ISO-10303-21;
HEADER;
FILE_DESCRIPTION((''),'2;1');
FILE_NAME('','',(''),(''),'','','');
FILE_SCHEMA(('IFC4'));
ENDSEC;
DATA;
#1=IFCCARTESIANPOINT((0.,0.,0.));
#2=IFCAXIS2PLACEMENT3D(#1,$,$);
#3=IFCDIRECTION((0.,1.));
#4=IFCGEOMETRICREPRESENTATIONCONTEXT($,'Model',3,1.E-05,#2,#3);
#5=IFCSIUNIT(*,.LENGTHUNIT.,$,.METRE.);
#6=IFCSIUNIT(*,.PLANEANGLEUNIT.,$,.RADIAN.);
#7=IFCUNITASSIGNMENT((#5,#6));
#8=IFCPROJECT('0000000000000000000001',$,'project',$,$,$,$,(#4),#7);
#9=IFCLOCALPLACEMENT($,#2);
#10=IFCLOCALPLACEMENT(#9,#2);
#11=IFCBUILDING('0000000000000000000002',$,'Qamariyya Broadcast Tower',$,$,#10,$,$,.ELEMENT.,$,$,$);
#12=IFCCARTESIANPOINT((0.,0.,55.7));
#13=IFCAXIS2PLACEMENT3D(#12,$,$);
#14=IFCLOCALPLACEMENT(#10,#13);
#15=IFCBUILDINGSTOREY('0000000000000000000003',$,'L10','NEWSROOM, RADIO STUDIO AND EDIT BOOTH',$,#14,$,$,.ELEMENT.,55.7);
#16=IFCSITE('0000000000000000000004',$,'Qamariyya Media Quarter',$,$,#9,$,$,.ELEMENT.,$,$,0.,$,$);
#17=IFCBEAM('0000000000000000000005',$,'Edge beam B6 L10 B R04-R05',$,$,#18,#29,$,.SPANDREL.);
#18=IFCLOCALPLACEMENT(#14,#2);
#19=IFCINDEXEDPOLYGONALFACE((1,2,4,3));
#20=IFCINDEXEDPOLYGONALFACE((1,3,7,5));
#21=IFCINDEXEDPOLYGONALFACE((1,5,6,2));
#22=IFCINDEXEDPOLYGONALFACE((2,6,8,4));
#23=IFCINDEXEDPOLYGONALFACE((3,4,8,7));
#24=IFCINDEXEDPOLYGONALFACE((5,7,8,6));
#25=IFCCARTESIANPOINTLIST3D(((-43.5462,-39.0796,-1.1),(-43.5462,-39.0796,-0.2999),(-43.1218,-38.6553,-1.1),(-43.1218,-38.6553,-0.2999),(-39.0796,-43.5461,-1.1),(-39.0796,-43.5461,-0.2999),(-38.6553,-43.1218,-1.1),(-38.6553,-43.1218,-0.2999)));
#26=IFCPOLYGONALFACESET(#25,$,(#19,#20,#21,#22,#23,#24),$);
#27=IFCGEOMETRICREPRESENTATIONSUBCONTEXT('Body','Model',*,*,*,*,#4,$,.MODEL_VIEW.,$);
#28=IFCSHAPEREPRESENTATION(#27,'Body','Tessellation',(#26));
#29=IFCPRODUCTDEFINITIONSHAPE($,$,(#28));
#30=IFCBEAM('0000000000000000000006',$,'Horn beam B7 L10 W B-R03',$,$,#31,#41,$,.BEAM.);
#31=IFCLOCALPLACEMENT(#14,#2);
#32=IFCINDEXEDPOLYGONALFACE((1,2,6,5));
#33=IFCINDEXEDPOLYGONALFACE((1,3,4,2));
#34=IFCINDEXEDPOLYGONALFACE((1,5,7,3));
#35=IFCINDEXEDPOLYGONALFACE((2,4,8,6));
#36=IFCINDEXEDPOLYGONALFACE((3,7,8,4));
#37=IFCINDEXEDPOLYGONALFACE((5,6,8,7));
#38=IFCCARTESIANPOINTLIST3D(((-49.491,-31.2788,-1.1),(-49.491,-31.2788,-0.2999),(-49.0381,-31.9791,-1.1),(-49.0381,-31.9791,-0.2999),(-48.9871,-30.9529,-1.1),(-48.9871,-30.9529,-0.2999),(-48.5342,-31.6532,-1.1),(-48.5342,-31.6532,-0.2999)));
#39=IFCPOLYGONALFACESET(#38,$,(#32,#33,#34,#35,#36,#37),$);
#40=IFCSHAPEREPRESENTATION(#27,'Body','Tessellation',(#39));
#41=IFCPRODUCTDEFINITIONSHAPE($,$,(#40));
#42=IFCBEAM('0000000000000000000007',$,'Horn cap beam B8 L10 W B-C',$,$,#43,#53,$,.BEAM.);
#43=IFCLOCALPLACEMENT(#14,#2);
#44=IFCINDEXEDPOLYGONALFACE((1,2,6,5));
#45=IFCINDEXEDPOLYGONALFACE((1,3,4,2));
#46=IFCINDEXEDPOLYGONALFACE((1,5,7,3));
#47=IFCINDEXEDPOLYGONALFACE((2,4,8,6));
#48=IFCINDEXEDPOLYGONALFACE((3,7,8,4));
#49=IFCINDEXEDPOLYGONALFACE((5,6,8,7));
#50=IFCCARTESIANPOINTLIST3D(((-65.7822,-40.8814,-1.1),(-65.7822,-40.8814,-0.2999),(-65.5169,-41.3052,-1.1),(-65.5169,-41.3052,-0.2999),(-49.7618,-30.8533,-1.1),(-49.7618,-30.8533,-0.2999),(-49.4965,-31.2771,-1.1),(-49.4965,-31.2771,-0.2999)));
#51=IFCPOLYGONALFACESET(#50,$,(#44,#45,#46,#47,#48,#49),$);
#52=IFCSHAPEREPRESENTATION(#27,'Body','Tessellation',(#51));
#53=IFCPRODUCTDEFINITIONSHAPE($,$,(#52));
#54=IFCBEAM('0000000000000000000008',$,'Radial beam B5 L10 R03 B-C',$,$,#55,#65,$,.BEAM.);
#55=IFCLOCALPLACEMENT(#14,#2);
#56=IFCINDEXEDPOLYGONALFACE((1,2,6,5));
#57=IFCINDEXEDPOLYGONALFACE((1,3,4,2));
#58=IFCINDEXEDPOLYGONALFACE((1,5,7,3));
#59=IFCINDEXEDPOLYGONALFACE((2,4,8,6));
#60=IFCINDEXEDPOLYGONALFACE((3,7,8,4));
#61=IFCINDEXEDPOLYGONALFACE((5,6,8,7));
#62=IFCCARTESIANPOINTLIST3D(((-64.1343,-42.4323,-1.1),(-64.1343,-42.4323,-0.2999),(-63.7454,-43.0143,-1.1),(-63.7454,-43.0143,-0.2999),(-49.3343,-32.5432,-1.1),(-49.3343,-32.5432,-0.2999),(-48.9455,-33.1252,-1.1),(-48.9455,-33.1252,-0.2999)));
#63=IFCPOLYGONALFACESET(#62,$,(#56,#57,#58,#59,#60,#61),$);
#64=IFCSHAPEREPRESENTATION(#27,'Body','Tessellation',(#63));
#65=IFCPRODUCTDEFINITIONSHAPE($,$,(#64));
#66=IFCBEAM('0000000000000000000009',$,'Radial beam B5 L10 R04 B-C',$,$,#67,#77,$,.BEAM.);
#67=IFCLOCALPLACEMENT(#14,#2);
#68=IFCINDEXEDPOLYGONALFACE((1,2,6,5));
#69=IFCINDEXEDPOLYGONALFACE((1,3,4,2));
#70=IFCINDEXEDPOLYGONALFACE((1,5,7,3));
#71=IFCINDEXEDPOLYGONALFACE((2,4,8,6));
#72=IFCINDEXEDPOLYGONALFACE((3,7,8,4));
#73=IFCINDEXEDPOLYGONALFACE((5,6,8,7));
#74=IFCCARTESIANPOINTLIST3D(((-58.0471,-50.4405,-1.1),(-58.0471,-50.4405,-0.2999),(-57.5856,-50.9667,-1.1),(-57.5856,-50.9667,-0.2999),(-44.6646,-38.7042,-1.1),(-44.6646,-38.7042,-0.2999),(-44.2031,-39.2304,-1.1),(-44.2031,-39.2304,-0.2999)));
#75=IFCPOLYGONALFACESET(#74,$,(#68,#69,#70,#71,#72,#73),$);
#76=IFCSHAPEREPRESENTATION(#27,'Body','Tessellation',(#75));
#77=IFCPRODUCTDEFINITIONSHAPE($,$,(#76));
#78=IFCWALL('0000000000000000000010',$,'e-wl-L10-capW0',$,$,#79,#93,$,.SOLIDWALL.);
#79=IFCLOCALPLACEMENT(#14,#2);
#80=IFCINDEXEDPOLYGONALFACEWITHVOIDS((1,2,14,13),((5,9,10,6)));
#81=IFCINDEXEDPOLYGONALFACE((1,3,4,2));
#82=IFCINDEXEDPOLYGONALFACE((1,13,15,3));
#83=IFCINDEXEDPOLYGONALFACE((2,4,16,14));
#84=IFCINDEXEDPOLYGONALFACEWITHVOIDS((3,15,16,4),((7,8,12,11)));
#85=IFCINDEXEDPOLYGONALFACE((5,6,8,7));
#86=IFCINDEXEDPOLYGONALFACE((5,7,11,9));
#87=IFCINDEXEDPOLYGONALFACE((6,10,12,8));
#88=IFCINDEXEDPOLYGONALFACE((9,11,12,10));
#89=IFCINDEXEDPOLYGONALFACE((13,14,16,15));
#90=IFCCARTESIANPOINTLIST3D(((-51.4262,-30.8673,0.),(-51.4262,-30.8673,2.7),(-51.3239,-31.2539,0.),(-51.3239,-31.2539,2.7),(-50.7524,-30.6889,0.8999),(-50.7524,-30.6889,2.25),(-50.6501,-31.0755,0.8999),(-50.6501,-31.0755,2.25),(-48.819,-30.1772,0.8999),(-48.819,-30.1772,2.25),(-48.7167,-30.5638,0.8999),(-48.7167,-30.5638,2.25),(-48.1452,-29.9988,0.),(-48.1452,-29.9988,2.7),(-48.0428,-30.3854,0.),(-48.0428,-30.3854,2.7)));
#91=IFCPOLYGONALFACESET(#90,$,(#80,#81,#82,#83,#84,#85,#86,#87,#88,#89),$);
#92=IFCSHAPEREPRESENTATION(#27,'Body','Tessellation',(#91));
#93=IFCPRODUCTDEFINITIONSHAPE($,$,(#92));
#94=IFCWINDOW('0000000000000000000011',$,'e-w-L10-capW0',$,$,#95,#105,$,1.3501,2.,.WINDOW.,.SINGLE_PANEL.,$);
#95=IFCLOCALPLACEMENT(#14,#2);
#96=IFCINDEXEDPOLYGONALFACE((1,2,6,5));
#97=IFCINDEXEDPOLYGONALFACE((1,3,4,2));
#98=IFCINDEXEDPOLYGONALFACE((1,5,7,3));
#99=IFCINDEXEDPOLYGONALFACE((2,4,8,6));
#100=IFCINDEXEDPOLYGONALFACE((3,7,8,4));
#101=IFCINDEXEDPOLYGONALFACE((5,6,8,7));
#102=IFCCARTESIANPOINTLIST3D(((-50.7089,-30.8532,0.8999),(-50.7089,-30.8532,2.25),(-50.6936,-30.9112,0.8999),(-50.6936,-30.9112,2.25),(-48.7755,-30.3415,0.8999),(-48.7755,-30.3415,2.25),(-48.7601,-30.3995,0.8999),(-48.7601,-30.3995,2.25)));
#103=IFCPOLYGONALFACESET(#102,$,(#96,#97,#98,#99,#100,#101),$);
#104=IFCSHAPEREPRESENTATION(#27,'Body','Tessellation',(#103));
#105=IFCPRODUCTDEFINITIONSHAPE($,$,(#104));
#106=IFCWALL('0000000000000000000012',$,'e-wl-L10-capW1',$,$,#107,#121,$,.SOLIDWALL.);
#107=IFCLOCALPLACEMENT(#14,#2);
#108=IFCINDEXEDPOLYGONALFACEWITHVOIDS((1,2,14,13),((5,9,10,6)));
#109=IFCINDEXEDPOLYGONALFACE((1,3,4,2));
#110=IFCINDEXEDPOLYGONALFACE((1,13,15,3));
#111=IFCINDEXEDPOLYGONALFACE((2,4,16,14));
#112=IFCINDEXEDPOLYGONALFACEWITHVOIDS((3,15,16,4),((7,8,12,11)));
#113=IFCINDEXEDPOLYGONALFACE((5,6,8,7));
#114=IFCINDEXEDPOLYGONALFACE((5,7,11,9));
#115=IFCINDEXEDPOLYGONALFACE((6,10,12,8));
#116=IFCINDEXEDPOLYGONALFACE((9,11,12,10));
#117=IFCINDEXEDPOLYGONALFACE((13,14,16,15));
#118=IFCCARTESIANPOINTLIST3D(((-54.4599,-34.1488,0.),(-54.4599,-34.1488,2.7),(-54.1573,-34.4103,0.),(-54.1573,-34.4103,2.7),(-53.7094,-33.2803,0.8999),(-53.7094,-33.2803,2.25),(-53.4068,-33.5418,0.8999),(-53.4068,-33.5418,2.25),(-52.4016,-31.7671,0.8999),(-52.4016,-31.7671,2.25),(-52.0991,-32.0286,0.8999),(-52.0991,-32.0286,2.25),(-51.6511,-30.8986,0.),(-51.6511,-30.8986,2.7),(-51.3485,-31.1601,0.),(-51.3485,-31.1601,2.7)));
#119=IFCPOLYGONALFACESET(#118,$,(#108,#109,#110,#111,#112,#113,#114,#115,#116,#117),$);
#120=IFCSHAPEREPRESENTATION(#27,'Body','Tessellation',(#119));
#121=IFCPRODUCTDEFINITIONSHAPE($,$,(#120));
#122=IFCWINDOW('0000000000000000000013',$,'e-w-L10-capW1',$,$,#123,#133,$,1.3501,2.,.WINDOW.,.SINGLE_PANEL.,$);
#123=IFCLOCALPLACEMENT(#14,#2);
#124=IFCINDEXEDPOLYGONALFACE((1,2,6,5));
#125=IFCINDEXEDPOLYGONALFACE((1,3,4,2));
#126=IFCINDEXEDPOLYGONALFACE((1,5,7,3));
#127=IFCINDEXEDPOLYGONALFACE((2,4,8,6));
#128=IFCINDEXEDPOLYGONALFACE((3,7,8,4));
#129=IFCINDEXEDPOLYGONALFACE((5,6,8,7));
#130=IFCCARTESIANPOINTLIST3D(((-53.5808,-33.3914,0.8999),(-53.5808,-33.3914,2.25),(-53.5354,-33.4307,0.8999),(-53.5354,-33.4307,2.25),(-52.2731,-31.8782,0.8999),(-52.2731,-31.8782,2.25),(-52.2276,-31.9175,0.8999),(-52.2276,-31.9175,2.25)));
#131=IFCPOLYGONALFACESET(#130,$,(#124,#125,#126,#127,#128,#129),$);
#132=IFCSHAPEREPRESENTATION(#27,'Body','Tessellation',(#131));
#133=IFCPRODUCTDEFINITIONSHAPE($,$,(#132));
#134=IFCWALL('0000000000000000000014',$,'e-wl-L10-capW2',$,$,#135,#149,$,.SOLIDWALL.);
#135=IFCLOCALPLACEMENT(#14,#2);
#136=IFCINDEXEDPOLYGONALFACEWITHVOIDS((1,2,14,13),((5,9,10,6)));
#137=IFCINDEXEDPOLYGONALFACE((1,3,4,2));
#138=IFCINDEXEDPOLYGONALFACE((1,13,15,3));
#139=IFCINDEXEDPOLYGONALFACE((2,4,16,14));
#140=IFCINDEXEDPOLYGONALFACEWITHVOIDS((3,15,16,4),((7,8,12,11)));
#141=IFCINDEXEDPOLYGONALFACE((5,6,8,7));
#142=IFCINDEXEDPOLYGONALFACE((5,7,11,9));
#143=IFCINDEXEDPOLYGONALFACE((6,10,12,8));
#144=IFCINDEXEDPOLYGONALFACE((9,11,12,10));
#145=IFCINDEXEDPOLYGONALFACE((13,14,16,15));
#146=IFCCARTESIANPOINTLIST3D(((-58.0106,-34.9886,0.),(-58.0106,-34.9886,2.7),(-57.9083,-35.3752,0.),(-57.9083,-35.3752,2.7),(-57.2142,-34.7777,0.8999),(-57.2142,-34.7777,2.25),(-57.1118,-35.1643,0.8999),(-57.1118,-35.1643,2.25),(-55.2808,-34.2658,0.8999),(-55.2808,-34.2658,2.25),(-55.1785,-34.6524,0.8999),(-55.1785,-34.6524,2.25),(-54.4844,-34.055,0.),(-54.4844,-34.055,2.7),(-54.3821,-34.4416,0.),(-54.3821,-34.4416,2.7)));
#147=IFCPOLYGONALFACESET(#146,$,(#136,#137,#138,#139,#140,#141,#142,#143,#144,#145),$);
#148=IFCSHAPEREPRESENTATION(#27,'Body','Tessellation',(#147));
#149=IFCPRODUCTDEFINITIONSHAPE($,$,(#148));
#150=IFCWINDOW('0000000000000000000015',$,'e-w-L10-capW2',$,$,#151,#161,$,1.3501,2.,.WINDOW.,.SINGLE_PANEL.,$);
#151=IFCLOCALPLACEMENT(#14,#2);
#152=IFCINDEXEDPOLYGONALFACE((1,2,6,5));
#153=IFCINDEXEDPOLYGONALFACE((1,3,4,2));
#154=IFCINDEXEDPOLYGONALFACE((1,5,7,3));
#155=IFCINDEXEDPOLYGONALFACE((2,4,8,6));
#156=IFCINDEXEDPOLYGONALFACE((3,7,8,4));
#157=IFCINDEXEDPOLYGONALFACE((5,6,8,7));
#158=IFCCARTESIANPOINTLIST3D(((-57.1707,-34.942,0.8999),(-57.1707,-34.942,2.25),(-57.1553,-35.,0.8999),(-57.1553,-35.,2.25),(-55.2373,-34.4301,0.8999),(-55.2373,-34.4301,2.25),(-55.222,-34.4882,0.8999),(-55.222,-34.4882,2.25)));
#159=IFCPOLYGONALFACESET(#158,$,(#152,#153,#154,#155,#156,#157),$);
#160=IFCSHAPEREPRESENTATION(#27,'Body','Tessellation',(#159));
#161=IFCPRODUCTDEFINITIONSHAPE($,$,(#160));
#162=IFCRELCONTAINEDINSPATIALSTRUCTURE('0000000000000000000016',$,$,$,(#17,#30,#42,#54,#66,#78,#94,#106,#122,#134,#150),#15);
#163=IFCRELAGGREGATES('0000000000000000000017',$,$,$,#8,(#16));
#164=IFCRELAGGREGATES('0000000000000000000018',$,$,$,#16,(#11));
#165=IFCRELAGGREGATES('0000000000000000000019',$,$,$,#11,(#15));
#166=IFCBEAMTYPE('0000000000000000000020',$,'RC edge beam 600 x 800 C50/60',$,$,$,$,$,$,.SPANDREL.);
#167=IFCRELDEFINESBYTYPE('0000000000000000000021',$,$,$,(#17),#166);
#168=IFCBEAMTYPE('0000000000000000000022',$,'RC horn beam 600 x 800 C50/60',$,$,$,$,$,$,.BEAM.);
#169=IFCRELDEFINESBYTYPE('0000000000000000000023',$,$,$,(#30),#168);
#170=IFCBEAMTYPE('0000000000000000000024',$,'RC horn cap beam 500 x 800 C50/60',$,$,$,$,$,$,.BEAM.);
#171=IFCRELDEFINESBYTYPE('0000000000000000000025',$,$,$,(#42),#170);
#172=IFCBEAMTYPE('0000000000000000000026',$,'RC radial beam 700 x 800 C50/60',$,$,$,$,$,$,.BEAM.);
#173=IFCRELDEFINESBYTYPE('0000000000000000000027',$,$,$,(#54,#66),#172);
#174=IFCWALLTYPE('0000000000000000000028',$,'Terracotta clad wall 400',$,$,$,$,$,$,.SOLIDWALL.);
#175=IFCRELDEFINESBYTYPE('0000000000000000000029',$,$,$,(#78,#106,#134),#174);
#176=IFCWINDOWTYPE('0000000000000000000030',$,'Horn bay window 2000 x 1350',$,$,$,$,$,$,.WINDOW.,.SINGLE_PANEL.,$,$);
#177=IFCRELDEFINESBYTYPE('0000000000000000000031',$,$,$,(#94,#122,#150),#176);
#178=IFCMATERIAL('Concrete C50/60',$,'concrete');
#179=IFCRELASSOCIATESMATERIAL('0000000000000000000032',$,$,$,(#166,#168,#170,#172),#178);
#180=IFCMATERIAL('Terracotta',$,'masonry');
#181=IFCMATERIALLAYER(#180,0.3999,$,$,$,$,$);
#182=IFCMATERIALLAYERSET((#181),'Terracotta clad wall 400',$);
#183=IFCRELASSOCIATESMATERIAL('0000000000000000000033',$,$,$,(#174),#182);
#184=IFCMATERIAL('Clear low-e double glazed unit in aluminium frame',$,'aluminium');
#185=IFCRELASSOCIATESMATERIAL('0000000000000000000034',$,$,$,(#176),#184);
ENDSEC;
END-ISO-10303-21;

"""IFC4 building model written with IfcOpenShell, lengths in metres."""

from ifc_helpers import new_model, si_unit, direction, frame, frame_2d, origin, origin_2d, place, context, subcontext, project, spatial, rectangle, extrude, material, layer, layer_set, material_profile, profile_set, type_object, element, fill, save


model = new_model("IFC4")

# Units and contexts
model_context = context("Model", 3, precision=1e-05, world=origin(), true_north=direction((0.0, 1.0)))
body_context = subcontext(model_context, "Body", "Model", "MODEL_VIEW")
ifc_project = project(units=[si_unit("LENGTHUNIT", "METRE"), si_unit("PLANEANGLEUNIT", "RADIAN")], contexts=[model_context])

# Site, building, storey
site_placement = place(None, origin())
site = spatial("IfcSite", under=ifc_project, at=site_placement, Name="Qamariyya Media Quarter", CompositionType="ELEMENT", RefElevation=0.0)
building_placement = place(site_placement, origin())
building = spatial("IfcBuilding", under=site, at=building_placement, Name="Qamariyya Broadcast Tower", CompositionType="ELEMENT")
storey_placement = place(building_placement, frame((0.0, 0.0, 55.7)))
storey = spatial("IfcBuildingStorey", under=building, at=storey_placement, Name="L10", Description="NEWSROOM, RADIO STUDIO AND EDIT BOOTH", CompositionType="ELEMENT", Elevation=55.7)

# Beams
ifc_material_1 = material(Name="Concrete C50/60", Category="concrete")
ifc_material_profile_1 = material_profile(ifc_material_1, rectangle(XDim=0.6001, YDim=0.8, at=origin_2d()))
ifc_profile_set_1 = profile_set([ifc_material_profile_1], Name="Concrete C50/60")
beam_type_1 = type_object("IfcBeamType", Name="RC edge beam 600 x 800 C50/60", PredefinedType="SPANDREL", material=ifc_profile_set_1)
beam_1_placement = place(storey_placement, frame((-43.334, -38.8674, -0.7), z_axis=(0.707107, -0.707107, 0.0), x_axis=(0.707107, 0.707107, 0.0)))
element("IfcBeam", 1, at=beam_1_placement, inside=storey, type_object=beam_type_1, Name="Edge beam B6 L10 B R04-R05", PredefinedType="SPANDREL", context=body_context, shape_type="SweptSolid", body=[
    extrude(rectangle(XDim=0.6001, YDim=0.8, at=origin_2d()), origin(), (0.0, 0.0, 1.0), 6.3167),
])
ifc_material_profile_2 = material_profile(ifc_material_1, rectangle(XDim=0.6001, YDim=0.8, at=origin_2d()))
ifc_profile_set_2 = profile_set([ifc_material_profile_2], Name="Concrete C50/60")
beam_type_2 = type_object("IfcBeamType", Name="RC horn beam 600 x 800 C50/60", PredefinedType="BEAM", material=ifc_profile_set_2)
beam_2_placement = place(storey_placement, frame((-48.7861, -31.8162, -0.7), z_axis=(-0.543093, 0.839672, 0.0), x_axis=(-0.839672, -0.543093, 0.0)))
element("IfcBeam", 2, at=beam_2_placement, inside=storey, type_object=beam_type_2, Name="Horn beam B7 L10 W B-R03", PredefinedType="BEAM", context=body_context, shape_type="SweptSolid", body=[
    extrude(rectangle(XDim=0.6001, YDim=0.8, at=origin_2d()), origin(), (0.0, 0.0, 1.0), 0.834),
])
ifc_material_profile_3 = material_profile(ifc_material_1, rectangle(XDim=0.5, YDim=0.8, at=origin_2d()))
ifc_profile_set_3 = profile_set([ifc_material_profile_3], Name="Concrete C50/60")
beam_type_3 = type_object("IfcBeamType", Name="RC horn cap beam 500 x 800 C50/60", PredefinedType="BEAM", material=ifc_profile_set_3)
beam_3_placement = place(storey_placement, frame((-49.6292, -31.0652, -0.7), z_axis=(-0.847632, -0.530585, 0.0), x_axis=(0.530585, -0.847632, 0.0)))
element("IfcBeam", 3, at=beam_3_placement, inside=storey, type_object=beam_type_3, Name="Horn cap beam B8 L10 W B-C", PredefinedType="BEAM", context=body_context, shape_type="SweptSolid", body=[
    extrude(rectangle(XDim=0.5, YDim=0.8, at=origin_2d()), origin(), (0.0, 0.0, 1.0), 18.9001),
])
ifc_material_profile_4 = material_profile(ifc_material_1, rectangle(XDim=0.7, YDim=0.8, at=origin_2d()))
ifc_profile_set_4 = profile_set([ifc_material_profile_4], Name="Concrete C50/60")
beam_type_4 = type_object("IfcBeamType", Name="RC radial beam 700 x 800 C50/60", PredefinedType="BEAM", material=ifc_profile_set_4)
for number, where, z_axis, x_axis, name in (
    (4, (-49.1399, -32.8342, -0.7), (-0.831467, -0.555573, 0.0), (0.555573, -0.831467, 0.0), "Radial beam B5 L10 R03 B-C"),
    (5, (-44.4338, -38.9673, -0.7), (-0.751836, -0.65935, 0.0), (0.65935, -0.751836, 0.0), "Radial beam B5 L10 R04 B-C"),
):
    element("IfcBeam", number, at=place(storey_placement, frame(where, z_axis=z_axis, x_axis=x_axis)), inside=storey, type_object=beam_type_4, Name=name, PredefinedType="BEAM", context=body_context, shape_type="SweptSolid", body=[
        extrude(rectangle(XDim=0.7, YDim=0.8, at=origin_2d()), origin(), (0.0, 0.0, 1.0), 17.7998),
    ])

# Walls, openings, windows
ifc_material_2 = material(Name="Terracotta", Category="masonry")
ifc_layer = layer(ifc_material_2, 0.3999)
ifc_layer_set = layer_set([ifc_layer], Name="Terracotta clad wall 400")
wall_type = type_object("IfcWallType", Name="Terracotta clad wall 400", PredefinedType="SOLIDWALL", material=ifc_layer_set)
wall_1_placement = place(storey_placement, frame((-48.094, -30.1921, 0.0), z_axis=(0.0, 0.0, 1.0), x_axis=(-0.966712, -0.255867, 0.0)))
wall_1 = element("IfcWall", 6, at=wall_1_placement, inside=storey, type_object=wall_type, Name="e-wl-L10-capW0", PredefinedType="SOLIDWALL", context=body_context, shape_type="SweptSolid", body=[
    extrude(rectangle(XDim=3.394, YDim=0.3999, at=frame_2d((1.697, 0.0))), origin(), (0.0, 0.0, 1.0), 2.7),
])
opening_1_placement = place(wall_1_placement, frame((0.697, 0.0, 0.8999)))
opening_1 = element("IfcOpeningElement", 7, at=opening_1_placement, cuts=wall_1, PredefinedType="OPENING", context=body_context, shape_type="SweptSolid", body=[
    extrude(rectangle(XDim=2.0, YDim=1.3501, at=frame_2d((1.0, 0.675))), frame((0.0, 0.21, 0.0), z_axis=(0.0, -1.0, 0.0), x_axis=(1.0, 0.0, 0.0)), (0.0, 0.0, 1.0), 0.4199),
])
ifc_material_3 = material(Name="Clear low-e double glazed unit in aluminium frame", Category="aluminium")
window_type_1 = type_object("IfcWindowType", Name="Horn bay window 2000 x 1350", PartitioningType="SINGLE_PANEL", PredefinedType="WINDOW", material=ifc_material_3)
window_1_placement = place(opening_1_placement, origin())
window_1 = element("IfcWindow", 8, at=window_1_placement, inside=storey, type_object=window_type_1, Name="e-w-L10-capW0", OverallHeight=1.3501, OverallWidth=2.0, PartitioningType="SINGLE_PANEL", PredefinedType="WINDOW", context=body_context, shape_type="SweptSolid", body=[
    extrude(rectangle(XDim=2.0, YDim=1.3501, at=frame_2d((1.0, 0.675))), frame((0.0, 0.03, 0.0), z_axis=(0.0, -1.0, 0.0), x_axis=(1.0, 0.0, 0.0)), (0.0, 0.0, 1.0), 0.0601),
])
fill(opening_1, window_1)
wall_2_placement = place(storey_placement, frame((-51.4998, -31.0293, 0.0), z_axis=(0.0, 0.0, 1.0), x_axis=(-0.653861, -0.756615, 0.0)))
wall_2 = element("IfcWall", 9, at=wall_2_placement, inside=storey, type_object=wall_type, Name="e-wl-L10-capW1", PredefinedType="SOLIDWALL", context=body_context, shape_type="SweptSolid", body=[
    extrude(rectangle(XDim=4.2957, YDim=0.3999, at=frame_2d((2.1479, 0.0))), origin(), (0.0, 0.0, 1.0), 2.7),
])
opening_2_placement = place(wall_2_placement, frame((1.1479, 0.0, 0.8999)))
opening_2 = element("IfcOpeningElement", 10, at=opening_2_placement, cuts=wall_2, PredefinedType="OPENING", context=body_context, shape_type="SweptSolid", body=[
    extrude(rectangle(XDim=2.0, YDim=1.3501, at=frame_2d((1.0, 0.675))), frame((0.0, 0.21, 0.0), z_axis=(0.0, -1.0, 0.0), x_axis=(1.0, 0.0, 0.0)), (0.0, 0.0, 1.0), 0.4199),
])
window_2_placement = place(opening_2_placement, origin())
window_2 = element("IfcWindow", 11, at=window_2_placement, inside=storey, type_object=window_type_1, Name="e-w-L10-capW1", OverallHeight=1.3501, OverallWidth=2.0, PartitioningType="SINGLE_PANEL", PredefinedType="WINDOW", context=body_context, shape_type="SweptSolid", body=[
    extrude(rectangle(XDim=2.0, YDim=1.3501, at=frame_2d((1.0, 0.675))), frame((0.0, 0.03, 0.0), z_axis=(0.0, -1.0, 0.0), x_axis=(1.0, 0.0, 0.0)), (0.0, 0.0, 1.0), 0.0601),
])
fill(opening_2, window_2)
wall_3_placement = place(storey_placement, frame((-54.4333, -34.2483, 0.0), z_axis=(0.0, 0.0, 1.0), x_axis=(-0.966691, -0.255946, 0.0)))
wall_3 = element("IfcWall", 12, at=wall_3_placement, inside=storey, type_object=wall_type, Name="e-wl-L10-capW2", PredefinedType="SOLIDWALL", context=body_context, shape_type="SweptSolid", body=[
    extrude(rectangle(XDim=3.6477, YDim=0.3999, at=frame_2d((1.8237, 0.0))), origin(), (0.0, 0.0, 1.0), 2.7),
])
opening_3_placement = place(wall_3_placement, frame((0.8237, 0.0, 0.8999)))
opening_3 = element("IfcOpeningElement", 13, at=opening_3_placement, cuts=wall_3, PredefinedType="OPENING", context=body_context, shape_type="SweptSolid", body=[
    extrude(rectangle(XDim=2.0, YDim=1.3501, at=frame_2d((1.0, 0.675))), frame((0.0, 0.21, 0.0), z_axis=(0.0, -1.0, 0.0), x_axis=(1.0, 0.0, 0.0)), (0.0, 0.0, 1.0), 0.4199),
])
window_3_placement = place(opening_3_placement, origin())
window_3 = element("IfcWindow", 14, at=window_3_placement, inside=storey, type_object=window_type_1, Name="e-w-L10-capW2", OverallHeight=1.3501, OverallWidth=2.0, PartitioningType="SINGLE_PANEL", PredefinedType="WINDOW", context=body_context, shape_type="SweptSolid", body=[
    extrude(rectangle(XDim=2.0, YDim=1.3501, at=frame_2d((1.0, 0.675))), frame((0.0, 0.03, 0.0), z_axis=(0.0, -1.0, 0.0), x_axis=(1.0, 0.0, 0.0)), (0.0, 0.0, 1.0), 0.0601),
])
fill(opening_3, window_3)

save(model, "model.ifc")
